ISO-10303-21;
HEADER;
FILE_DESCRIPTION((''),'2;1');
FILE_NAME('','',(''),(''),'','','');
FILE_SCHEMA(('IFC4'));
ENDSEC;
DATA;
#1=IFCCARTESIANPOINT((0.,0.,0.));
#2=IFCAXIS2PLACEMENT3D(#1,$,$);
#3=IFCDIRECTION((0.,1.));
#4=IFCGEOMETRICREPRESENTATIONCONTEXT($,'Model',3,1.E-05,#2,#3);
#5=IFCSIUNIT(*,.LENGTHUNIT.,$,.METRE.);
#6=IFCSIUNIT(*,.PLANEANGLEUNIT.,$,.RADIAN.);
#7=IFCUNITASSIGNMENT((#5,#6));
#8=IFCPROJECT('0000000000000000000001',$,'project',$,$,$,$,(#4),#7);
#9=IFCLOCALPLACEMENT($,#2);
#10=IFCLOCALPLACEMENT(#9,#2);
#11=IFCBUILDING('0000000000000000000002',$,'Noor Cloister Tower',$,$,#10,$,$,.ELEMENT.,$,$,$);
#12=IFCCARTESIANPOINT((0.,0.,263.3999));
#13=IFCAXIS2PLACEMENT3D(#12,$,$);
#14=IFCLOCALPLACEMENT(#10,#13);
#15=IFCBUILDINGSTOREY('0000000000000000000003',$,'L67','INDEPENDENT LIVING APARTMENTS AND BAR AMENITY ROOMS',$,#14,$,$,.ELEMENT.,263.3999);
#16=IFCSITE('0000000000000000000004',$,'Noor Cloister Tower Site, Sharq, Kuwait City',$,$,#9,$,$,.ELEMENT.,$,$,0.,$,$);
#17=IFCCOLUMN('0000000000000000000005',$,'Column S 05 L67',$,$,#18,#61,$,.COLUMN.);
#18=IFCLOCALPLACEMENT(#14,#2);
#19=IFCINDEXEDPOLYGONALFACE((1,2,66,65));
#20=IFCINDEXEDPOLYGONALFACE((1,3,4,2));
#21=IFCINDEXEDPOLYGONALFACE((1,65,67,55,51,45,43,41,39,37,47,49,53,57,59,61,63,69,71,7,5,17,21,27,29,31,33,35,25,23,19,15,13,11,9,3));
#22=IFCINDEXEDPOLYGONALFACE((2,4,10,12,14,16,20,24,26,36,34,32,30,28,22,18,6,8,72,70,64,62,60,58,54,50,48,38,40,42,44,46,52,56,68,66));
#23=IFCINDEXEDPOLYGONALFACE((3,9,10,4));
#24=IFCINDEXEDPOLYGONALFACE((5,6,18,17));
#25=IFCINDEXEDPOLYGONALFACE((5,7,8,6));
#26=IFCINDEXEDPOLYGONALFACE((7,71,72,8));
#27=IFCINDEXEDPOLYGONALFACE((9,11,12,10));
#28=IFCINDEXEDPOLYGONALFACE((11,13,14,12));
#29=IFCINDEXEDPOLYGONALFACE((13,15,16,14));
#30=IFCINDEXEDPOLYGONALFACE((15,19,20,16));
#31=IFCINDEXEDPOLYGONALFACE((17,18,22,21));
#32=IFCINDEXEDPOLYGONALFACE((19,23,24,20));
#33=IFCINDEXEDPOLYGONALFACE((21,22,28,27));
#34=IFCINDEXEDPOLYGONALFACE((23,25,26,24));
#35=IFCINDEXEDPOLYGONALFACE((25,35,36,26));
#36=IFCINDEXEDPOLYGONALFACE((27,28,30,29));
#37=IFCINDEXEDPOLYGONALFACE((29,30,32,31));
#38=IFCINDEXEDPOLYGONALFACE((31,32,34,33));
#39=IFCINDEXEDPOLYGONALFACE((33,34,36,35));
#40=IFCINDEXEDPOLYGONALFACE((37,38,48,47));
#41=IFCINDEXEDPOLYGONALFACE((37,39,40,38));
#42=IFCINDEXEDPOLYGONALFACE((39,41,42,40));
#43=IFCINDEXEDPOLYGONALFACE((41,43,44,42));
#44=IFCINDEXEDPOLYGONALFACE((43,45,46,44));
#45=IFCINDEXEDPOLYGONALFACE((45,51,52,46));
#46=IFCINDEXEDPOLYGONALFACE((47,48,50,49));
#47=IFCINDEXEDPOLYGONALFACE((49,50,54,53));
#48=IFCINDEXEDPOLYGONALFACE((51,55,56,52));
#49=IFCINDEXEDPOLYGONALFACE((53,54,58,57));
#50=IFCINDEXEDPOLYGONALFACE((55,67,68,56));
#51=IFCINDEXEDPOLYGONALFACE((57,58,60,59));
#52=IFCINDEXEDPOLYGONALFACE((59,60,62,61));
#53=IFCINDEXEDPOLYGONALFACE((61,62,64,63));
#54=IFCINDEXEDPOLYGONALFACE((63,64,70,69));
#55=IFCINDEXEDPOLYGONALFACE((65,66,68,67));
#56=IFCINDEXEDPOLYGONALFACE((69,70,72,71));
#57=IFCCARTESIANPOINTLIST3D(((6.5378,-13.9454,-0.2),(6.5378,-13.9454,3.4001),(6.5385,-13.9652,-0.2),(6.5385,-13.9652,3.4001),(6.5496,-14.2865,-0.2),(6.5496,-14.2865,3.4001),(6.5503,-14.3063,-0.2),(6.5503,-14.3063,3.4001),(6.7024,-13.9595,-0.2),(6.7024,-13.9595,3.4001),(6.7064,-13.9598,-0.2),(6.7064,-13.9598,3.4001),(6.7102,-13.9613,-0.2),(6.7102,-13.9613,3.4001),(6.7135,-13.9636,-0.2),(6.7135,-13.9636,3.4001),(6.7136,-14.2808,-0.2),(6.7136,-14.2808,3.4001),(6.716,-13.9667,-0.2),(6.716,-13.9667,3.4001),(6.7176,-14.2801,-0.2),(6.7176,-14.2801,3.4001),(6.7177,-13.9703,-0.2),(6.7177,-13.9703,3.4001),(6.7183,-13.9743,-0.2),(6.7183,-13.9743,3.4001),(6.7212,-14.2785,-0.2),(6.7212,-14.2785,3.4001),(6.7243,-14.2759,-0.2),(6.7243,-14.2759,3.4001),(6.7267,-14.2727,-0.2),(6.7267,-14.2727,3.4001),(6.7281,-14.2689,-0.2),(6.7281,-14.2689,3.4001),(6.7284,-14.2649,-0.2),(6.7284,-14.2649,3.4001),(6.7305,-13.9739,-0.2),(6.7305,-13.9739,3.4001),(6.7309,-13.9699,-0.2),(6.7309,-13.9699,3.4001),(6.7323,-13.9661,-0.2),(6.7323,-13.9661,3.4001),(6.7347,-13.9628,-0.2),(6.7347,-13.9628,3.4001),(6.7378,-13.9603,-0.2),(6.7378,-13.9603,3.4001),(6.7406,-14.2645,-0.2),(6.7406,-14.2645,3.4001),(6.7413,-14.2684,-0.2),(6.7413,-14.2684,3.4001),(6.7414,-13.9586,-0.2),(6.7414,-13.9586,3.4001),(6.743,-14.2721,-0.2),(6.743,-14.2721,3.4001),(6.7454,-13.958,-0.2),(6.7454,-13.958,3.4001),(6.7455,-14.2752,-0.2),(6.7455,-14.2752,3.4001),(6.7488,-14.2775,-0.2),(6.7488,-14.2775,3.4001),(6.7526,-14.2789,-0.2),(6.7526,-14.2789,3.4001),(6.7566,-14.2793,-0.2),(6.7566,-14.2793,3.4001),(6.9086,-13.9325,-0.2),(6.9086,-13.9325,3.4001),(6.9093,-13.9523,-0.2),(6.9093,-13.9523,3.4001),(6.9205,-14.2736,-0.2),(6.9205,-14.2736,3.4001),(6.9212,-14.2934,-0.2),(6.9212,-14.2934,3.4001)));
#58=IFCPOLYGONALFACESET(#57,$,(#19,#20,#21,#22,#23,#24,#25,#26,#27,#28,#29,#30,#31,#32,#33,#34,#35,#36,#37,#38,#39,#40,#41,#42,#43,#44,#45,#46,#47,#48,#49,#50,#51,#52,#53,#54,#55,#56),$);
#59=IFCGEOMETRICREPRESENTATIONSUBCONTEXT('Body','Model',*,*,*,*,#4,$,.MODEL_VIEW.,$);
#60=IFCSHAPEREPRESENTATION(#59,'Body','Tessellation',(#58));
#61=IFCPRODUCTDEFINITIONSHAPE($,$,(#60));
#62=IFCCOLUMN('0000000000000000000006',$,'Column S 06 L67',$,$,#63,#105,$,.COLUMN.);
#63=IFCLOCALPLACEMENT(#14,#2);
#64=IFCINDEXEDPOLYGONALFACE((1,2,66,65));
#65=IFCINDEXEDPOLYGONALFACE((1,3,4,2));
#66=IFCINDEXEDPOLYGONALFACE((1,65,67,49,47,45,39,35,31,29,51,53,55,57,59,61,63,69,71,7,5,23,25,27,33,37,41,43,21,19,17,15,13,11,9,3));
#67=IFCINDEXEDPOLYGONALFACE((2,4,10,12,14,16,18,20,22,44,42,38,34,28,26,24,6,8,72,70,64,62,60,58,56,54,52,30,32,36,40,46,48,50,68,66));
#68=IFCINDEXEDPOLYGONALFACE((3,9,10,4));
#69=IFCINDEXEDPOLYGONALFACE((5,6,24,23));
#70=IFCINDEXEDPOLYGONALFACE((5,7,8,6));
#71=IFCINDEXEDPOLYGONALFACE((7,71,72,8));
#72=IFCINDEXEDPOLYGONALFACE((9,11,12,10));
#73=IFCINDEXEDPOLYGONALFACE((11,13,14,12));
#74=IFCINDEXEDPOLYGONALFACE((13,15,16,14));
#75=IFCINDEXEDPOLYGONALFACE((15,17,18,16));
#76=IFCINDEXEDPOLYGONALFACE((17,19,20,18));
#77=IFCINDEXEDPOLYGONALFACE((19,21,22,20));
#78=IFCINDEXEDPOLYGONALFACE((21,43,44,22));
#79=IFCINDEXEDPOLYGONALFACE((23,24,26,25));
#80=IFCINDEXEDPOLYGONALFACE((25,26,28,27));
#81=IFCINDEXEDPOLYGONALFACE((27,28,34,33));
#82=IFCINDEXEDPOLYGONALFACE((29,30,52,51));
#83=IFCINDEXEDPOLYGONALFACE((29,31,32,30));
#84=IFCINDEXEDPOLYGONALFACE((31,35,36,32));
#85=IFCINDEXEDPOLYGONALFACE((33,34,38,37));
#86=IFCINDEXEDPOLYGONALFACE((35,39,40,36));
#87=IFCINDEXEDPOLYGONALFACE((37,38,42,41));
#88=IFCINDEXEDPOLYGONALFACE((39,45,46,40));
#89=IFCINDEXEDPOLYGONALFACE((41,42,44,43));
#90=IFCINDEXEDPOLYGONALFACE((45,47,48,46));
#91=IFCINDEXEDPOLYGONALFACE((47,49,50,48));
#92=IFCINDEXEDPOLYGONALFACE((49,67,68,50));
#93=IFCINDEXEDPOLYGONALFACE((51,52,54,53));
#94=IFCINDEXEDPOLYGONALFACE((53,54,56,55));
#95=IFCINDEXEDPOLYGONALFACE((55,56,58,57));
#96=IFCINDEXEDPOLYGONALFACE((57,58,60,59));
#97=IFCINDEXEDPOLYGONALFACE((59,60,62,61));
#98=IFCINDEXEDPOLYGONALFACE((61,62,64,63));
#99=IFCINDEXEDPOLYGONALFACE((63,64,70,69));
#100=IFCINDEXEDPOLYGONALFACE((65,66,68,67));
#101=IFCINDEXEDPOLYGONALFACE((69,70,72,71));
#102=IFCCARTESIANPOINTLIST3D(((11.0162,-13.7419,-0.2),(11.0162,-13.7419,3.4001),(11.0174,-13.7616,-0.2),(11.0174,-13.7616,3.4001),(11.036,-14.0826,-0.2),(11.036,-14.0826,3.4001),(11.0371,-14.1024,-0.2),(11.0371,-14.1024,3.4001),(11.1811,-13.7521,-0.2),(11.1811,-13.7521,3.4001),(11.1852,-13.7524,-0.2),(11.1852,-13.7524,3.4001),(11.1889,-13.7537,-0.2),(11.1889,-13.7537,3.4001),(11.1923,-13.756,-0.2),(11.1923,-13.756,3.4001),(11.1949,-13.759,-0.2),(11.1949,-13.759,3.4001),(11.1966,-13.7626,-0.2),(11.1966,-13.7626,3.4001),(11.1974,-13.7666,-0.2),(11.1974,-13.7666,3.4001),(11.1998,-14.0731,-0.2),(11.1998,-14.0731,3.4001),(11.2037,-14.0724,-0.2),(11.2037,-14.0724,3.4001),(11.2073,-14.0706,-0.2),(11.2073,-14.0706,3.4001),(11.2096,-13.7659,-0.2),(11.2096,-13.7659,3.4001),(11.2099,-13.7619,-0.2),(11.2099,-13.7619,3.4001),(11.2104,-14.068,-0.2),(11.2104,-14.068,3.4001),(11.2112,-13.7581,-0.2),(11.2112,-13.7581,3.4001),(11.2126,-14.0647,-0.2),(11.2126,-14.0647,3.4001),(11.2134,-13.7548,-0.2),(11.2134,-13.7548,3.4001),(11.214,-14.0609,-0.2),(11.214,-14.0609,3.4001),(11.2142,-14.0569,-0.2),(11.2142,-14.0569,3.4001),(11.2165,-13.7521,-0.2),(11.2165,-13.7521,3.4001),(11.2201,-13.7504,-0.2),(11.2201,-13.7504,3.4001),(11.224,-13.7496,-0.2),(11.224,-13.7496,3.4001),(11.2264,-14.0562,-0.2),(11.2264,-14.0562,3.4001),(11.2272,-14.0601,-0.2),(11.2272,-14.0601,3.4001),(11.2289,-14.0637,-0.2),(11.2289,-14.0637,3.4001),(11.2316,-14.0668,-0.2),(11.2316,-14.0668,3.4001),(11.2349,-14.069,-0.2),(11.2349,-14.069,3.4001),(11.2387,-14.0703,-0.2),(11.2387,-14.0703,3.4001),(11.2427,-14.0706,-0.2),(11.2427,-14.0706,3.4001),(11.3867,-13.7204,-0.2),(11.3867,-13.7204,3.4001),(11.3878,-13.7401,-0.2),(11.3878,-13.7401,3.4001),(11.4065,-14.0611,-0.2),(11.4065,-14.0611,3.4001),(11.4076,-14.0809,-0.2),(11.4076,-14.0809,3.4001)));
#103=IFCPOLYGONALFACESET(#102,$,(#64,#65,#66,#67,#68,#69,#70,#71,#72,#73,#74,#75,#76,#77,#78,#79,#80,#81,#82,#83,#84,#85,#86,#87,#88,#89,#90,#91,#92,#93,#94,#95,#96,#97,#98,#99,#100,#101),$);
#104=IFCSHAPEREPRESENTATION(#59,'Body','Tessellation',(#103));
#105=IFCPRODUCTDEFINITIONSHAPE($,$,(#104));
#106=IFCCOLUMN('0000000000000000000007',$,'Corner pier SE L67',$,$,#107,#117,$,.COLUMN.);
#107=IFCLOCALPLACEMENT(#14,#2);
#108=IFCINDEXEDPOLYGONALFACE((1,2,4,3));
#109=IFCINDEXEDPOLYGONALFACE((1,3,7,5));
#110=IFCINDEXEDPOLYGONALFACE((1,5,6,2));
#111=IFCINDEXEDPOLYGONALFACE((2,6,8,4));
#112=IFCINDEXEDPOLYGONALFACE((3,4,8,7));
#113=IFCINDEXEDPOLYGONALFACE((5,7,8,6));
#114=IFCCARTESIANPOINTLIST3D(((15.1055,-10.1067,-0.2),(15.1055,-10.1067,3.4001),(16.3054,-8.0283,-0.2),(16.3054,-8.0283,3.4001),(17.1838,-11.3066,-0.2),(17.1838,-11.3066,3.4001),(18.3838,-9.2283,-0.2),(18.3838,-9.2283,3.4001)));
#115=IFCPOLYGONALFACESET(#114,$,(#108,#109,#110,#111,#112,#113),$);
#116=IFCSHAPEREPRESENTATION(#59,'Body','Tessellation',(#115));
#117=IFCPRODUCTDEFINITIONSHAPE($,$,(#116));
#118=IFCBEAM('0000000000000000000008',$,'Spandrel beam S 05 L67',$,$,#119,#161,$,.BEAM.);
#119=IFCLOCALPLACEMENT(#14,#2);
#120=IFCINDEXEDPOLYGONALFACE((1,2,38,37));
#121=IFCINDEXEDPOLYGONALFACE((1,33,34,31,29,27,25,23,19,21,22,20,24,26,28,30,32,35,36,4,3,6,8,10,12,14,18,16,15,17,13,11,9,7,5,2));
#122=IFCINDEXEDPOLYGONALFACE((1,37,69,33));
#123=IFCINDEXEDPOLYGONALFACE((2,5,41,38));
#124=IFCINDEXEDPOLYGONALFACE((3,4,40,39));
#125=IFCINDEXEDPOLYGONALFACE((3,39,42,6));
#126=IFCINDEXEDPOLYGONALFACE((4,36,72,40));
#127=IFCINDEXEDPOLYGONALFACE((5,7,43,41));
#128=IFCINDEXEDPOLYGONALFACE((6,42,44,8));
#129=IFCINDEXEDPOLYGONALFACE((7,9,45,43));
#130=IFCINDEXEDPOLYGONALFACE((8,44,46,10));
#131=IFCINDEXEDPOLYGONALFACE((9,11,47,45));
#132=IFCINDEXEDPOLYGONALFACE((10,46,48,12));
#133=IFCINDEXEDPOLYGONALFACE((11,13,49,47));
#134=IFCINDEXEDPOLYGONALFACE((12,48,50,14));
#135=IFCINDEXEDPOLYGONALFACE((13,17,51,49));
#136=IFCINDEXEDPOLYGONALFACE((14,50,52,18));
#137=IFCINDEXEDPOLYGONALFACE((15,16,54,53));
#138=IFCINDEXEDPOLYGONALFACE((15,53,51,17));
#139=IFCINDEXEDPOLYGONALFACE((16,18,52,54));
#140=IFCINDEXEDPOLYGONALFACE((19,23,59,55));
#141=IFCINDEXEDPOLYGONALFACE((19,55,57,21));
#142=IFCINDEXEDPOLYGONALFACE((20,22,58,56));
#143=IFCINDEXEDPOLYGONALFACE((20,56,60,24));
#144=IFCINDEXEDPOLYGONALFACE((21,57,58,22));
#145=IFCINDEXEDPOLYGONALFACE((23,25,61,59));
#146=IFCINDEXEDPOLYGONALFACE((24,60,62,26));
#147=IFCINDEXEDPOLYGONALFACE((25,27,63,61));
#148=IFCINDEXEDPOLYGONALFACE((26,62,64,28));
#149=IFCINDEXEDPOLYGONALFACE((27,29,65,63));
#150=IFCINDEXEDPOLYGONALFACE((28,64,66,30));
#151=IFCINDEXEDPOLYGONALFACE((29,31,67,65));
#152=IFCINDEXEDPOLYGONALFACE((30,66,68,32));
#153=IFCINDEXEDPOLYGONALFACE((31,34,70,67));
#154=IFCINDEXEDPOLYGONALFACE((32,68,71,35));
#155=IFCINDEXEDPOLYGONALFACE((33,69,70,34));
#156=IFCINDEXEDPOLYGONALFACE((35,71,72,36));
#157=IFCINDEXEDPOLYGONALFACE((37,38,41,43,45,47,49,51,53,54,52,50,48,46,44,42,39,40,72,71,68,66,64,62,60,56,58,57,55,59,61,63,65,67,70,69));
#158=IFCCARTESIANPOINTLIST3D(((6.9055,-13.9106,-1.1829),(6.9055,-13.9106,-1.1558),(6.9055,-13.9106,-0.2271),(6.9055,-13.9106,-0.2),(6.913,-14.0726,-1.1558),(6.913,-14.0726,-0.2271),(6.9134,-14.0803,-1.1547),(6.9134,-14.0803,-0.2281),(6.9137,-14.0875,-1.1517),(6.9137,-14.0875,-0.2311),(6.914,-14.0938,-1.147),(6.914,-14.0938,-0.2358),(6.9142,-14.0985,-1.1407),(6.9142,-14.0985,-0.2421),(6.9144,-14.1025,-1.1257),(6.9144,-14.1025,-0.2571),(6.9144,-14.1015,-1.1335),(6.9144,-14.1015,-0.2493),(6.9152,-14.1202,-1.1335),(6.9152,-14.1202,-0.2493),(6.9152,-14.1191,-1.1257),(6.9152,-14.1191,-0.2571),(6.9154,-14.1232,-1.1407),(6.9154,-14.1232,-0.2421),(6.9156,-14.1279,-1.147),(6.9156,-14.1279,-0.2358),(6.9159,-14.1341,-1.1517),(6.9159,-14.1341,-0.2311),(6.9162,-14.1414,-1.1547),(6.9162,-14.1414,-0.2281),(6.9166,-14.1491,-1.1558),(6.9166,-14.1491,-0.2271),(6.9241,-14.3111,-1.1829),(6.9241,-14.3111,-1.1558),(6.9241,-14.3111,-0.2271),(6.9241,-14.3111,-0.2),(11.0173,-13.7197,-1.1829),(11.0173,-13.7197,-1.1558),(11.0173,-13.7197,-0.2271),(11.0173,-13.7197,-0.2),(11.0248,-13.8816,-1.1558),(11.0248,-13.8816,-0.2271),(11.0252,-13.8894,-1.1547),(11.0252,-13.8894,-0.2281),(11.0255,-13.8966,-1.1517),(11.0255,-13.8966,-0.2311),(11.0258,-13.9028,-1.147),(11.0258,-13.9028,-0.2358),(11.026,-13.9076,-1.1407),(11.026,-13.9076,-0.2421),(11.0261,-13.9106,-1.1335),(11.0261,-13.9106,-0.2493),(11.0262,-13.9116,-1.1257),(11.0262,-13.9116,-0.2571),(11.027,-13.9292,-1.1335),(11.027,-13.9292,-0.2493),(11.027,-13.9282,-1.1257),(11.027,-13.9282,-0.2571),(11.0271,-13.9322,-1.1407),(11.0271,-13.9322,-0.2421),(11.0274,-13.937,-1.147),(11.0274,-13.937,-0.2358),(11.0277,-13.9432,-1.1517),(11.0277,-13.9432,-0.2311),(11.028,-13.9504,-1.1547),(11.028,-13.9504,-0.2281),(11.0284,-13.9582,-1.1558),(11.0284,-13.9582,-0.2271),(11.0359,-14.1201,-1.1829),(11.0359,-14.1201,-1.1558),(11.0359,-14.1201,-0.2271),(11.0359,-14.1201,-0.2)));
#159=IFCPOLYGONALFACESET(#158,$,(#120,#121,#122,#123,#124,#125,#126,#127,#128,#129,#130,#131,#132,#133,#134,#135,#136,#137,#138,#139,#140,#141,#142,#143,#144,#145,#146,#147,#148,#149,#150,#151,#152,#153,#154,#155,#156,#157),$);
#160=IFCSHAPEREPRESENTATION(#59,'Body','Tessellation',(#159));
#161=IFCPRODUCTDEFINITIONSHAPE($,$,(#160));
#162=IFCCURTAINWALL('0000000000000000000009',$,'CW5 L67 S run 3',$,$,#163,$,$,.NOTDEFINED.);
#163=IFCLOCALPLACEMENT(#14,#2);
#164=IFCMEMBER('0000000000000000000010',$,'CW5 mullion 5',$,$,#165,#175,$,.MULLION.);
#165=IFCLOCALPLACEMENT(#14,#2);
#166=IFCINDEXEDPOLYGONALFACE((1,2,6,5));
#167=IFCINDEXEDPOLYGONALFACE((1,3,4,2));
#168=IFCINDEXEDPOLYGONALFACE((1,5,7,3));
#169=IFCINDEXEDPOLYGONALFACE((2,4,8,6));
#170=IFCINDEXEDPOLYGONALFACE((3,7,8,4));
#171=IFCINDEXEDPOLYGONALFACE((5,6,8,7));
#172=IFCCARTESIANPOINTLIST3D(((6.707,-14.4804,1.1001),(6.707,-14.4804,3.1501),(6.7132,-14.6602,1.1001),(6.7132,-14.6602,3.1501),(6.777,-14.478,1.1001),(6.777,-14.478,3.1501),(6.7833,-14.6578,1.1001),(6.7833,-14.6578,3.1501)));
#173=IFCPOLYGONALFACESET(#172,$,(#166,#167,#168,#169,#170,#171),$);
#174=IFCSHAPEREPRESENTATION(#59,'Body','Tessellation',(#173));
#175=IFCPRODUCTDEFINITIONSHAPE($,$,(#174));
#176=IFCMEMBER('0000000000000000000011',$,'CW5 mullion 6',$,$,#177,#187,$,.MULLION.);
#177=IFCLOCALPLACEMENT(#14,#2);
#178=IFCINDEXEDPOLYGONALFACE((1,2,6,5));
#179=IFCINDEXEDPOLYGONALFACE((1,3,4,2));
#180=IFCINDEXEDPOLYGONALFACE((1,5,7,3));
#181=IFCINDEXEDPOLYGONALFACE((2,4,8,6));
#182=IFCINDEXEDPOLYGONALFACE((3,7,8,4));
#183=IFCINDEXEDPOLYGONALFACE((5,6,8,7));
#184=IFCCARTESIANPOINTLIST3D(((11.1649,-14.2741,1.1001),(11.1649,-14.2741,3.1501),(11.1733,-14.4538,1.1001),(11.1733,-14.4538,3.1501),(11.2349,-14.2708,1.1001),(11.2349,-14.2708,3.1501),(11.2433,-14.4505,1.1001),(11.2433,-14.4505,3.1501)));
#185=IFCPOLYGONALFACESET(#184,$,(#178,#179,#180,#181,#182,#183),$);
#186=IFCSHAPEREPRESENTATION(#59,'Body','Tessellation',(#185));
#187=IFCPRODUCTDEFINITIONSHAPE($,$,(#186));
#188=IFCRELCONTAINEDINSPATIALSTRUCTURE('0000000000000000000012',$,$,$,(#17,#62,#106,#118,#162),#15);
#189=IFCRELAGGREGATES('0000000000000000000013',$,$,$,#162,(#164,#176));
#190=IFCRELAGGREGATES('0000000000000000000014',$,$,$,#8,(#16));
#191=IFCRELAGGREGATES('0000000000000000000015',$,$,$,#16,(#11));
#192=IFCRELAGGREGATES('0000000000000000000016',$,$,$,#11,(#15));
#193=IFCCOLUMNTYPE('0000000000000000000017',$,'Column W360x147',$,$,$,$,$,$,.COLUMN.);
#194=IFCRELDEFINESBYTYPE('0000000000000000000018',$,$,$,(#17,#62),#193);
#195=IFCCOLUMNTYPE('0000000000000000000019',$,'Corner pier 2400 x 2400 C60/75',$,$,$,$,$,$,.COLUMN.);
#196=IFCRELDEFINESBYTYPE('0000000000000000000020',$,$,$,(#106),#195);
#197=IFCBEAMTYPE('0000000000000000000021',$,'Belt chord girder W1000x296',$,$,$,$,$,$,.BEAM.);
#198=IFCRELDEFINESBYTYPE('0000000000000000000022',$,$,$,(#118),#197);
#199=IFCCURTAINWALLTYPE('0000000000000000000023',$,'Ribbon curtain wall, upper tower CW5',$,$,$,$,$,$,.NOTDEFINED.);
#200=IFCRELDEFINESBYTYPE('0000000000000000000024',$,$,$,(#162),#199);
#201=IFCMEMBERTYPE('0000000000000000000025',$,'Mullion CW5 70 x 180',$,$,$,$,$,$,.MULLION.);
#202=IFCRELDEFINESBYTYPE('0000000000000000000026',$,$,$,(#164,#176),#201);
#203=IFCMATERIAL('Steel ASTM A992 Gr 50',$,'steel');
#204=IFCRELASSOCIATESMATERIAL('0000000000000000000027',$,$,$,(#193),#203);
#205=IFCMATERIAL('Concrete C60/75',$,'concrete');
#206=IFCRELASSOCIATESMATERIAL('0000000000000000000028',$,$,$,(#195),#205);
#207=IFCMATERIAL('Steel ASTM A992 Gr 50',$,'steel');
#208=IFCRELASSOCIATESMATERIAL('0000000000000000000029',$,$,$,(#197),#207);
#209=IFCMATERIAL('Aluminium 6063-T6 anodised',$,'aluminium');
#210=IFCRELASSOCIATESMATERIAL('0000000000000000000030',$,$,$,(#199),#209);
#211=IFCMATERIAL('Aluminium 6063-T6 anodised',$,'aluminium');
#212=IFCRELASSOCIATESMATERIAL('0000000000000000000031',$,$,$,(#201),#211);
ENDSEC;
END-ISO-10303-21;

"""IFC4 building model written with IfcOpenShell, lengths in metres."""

from ifc_helpers import new_model, si_unit, direction, frame, origin, origin_2d, place, context, subcontext, project, spatial, rectangle, i_section, extrude, material, material_profile, profile_set, type_object, element, aggregate, save


model = new_model("IFC4")

# Units and contexts
model_context = context("Model", 3, precision=1e-05, world=origin(), true_north=direction((0.0, 1.0)))
body_context = subcontext(model_context, "Body", "Model", "MODEL_VIEW")
ifc_project = project(units=[si_unit("LENGTHUNIT", "METRE"), si_unit("PLANEANGLEUNIT", "RADIAN")], contexts=[model_context])

# Site, building, storey
site_placement = place(None, origin())
site = spatial("IfcSite", under=ifc_project, at=site_placement, Name="Noor Cloister Tower Site, Sharq, Kuwait City", CompositionType="ELEMENT", RefElevation=0.0)
building_placement = place(site_placement, origin())
building = spatial("IfcBuilding", under=site, at=building_placement, Name="Noor Cloister Tower", CompositionType="ELEMENT")
storey_placement = place(building_placement, frame((0.0, 0.0, 263.3999)))
storey = spatial("IfcBuildingStorey", under=building, at=storey_placement, Name="L67", Description="INDEPENDENT LIVING APARTMENTS AND BAR AMENITY ROOMS", CompositionType="ELEMENT", Elevation=263.3999)

# Columns
ifc_material_1 = material(Name="Steel ASTM A992 Gr 50", Category="steel")
ifc_material_profile_1 = material_profile(ifc_material_1, i_section(OverallWidth=0.3711, OverallDepth=0.3611, WebThickness=0.0122, FlangeThickness=0.0198, FilletRadius=0.0154, at=origin_2d()), Name="W360x147")
ifc_profile_set_1 = profile_set([ifc_material_profile_1], Name="Steel ASTM A992 Gr 50")
column_type_1 = type_object("IfcColumnType", Name="Column W360x147", PredefinedType="COLUMN", material=ifc_profile_set_1)
for number, where, z_axis, x_axis, name in (
    (1, (6.7295, -14.1194, -0.2), (0.0, 0.0, 1.0), (0.999395, 0.034782, 0.0), "Column S 05 L67"),
    (2, (11.2119, -13.9114, -0.2), (0.0, 0.0, 1.0), (0.99832, 0.057948, 0.0), "Column S 06 L67"),
):
    element("IfcColumn", number, at=place(storey_placement, frame(where, z_axis=z_axis, x_axis=x_axis)), inside=storey, type_object=column_type_1, Name=name, PredefinedType="COLUMN", context=body_context, shape_type="SweptSolid", body=[
        extrude(i_section(OverallWidth=0.3711, OverallDepth=0.3611, WebThickness=0.0122, FlangeThickness=0.0198, FilletRadius=0.0154, at=origin_2d()), origin(), (0.0, 0.0, 1.0), 3.6001),
    ])
ifc_material_2 = material(Name="Concrete C60/75", Category="concrete")
ifc_material_profile_2 = material_profile(ifc_material_2, rectangle(XDim=2.3999, YDim=2.3999, at=origin_2d()), Name="RC 2400x2400")
ifc_profile_set_2 = profile_set([ifc_material_profile_2], Name="Concrete C60/75")
column_type_2 = type_object("IfcColumnType", Name="Corner pier 2400 x 2400 C60/75", PredefinedType="COLUMN", material=ifc_profile_set_2)
column_placement = place(storey_placement, frame((16.7446, -9.6675, -0.2), z_axis=(0.0, 0.0, 1.0), x_axis=(0.866025, -0.5, 0.0)))
element("IfcColumn", 3, at=column_placement, inside=storey, type_object=column_type_2, Name="Corner pier SE L67", PredefinedType="COLUMN", context=body_context, shape_type="SweptSolid", body=[
    extrude(rectangle(XDim=2.3999, YDim=2.3999, at=origin_2d()), origin(), (0.0, 0.0, 1.0), 3.6001),
])

# Beam
ifc_material_3 = material(Name="Steel ASTM A992 Gr 50", Category="steel")
ifc_material_profile_3 = material_profile(ifc_material_3, i_section(OverallWidth=0.4009, OverallDepth=0.9829, WebThickness=0.0166, FlangeThickness=0.0271, FilletRadius=0.03, at=origin_2d()), Name="W1000x296")
ifc_profile_set_3 = profile_set([ifc_material_profile_3], Name="Steel ASTM A992 Gr 50")
beam_type_1 = type_object("IfcBeamType", Name="Belt chord girder W1000x296", PredefinedType="BEAM", material=ifc_profile_set_3)
beam_1_placement = place(storey_placement, frame((6.9148, -14.1108, -0.6914), z_axis=(0.998924, 0.046382, 0.0), x_axis=(-0.046382, 0.998924, 0.0)))
element("IfcBeam", 4, at=beam_1_placement, inside=storey, type_object=beam_type_1, Name="Spandrel beam S 05 L67", PredefinedType="BEAM", context=body_context, shape_type="SweptSolid", body=[
    extrude(i_section(OverallWidth=0.4009, OverallDepth=0.9829, WebThickness=0.0166, FlangeThickness=0.0271, FilletRadius=0.03, at=origin_2d()), origin(), (0.0, 0.0, 1.0), 4.1162),
])

# Curtain wall, members
ifc_material_4 = material(Name="Aluminium 6063-T6 anodised", Category="aluminium")
curtain_wall_type = type_object("IfcCurtainWallType", Name="Ribbon curtain wall, upper tower CW5", PredefinedType="NOTDEFINED", material=ifc_material_4)
curtain_wall_placement = place(storey_placement, origin())
curtain_wall = element("IfcCurtainWall", 5, at=curtain_wall_placement, inside=storey, type_object=curtain_wall_type, Name="CW5 L67 S run 3", PredefinedType="NOTDEFINED")
ifc_material_5 = material(Name="Aluminium 6063-T6 anodised", Category="aluminium")
ifc_material_profile_4 = material_profile(ifc_material_5, rectangle(XDim=0.1799, YDim=0.0701, at=origin_2d()), Name="180 x 70 mullion")
ifc_profile_set_4 = profile_set([ifc_material_profile_4], Name="Aluminium 6063-T6 anodised")
member_type = type_object("IfcMemberType", Name="Mullion CW5 70 x 180", PredefinedType="MULLION", material=ifc_profile_set_4)
member_1_placement = place(storey_placement, frame((6.7451, -14.5691, 1.1001), z_axis=(0.0, 0.0, 1.0), x_axis=(-0.034782, 0.999395, 0.0)))
member_1 = element("IfcMember", 6, at=member_1_placement, type_object=member_type, Name="CW5 mullion 5", PredefinedType="MULLION", context=body_context, shape_type="SweptSolid", body=[
    extrude(rectangle(XDim=0.1799, YDim=0.0701, at=origin_2d()), origin(), (0.0, 0.0, 1.0), 2.05),
])
member_2_placement = place(storey_placement, frame((11.2041, -14.3623, 1.1001), z_axis=(0.0, 0.0, 1.0), x_axis=(-0.046368, 0.998924, 0.0)))
member_2 = element("IfcMember", 7, at=member_2_placement, type_object=member_type, Name="CW5 mullion 6", PredefinedType="MULLION", context=body_context, shape_type="SweptSolid", body=[
    extrude(rectangle(XDim=0.1799, YDim=0.0701, at=origin_2d()), origin(), (0.0, 0.0, 1.0), 2.05),
])

aggregate(curtain_wall, [member_1, member_2])

save(model, "model.ifc")
